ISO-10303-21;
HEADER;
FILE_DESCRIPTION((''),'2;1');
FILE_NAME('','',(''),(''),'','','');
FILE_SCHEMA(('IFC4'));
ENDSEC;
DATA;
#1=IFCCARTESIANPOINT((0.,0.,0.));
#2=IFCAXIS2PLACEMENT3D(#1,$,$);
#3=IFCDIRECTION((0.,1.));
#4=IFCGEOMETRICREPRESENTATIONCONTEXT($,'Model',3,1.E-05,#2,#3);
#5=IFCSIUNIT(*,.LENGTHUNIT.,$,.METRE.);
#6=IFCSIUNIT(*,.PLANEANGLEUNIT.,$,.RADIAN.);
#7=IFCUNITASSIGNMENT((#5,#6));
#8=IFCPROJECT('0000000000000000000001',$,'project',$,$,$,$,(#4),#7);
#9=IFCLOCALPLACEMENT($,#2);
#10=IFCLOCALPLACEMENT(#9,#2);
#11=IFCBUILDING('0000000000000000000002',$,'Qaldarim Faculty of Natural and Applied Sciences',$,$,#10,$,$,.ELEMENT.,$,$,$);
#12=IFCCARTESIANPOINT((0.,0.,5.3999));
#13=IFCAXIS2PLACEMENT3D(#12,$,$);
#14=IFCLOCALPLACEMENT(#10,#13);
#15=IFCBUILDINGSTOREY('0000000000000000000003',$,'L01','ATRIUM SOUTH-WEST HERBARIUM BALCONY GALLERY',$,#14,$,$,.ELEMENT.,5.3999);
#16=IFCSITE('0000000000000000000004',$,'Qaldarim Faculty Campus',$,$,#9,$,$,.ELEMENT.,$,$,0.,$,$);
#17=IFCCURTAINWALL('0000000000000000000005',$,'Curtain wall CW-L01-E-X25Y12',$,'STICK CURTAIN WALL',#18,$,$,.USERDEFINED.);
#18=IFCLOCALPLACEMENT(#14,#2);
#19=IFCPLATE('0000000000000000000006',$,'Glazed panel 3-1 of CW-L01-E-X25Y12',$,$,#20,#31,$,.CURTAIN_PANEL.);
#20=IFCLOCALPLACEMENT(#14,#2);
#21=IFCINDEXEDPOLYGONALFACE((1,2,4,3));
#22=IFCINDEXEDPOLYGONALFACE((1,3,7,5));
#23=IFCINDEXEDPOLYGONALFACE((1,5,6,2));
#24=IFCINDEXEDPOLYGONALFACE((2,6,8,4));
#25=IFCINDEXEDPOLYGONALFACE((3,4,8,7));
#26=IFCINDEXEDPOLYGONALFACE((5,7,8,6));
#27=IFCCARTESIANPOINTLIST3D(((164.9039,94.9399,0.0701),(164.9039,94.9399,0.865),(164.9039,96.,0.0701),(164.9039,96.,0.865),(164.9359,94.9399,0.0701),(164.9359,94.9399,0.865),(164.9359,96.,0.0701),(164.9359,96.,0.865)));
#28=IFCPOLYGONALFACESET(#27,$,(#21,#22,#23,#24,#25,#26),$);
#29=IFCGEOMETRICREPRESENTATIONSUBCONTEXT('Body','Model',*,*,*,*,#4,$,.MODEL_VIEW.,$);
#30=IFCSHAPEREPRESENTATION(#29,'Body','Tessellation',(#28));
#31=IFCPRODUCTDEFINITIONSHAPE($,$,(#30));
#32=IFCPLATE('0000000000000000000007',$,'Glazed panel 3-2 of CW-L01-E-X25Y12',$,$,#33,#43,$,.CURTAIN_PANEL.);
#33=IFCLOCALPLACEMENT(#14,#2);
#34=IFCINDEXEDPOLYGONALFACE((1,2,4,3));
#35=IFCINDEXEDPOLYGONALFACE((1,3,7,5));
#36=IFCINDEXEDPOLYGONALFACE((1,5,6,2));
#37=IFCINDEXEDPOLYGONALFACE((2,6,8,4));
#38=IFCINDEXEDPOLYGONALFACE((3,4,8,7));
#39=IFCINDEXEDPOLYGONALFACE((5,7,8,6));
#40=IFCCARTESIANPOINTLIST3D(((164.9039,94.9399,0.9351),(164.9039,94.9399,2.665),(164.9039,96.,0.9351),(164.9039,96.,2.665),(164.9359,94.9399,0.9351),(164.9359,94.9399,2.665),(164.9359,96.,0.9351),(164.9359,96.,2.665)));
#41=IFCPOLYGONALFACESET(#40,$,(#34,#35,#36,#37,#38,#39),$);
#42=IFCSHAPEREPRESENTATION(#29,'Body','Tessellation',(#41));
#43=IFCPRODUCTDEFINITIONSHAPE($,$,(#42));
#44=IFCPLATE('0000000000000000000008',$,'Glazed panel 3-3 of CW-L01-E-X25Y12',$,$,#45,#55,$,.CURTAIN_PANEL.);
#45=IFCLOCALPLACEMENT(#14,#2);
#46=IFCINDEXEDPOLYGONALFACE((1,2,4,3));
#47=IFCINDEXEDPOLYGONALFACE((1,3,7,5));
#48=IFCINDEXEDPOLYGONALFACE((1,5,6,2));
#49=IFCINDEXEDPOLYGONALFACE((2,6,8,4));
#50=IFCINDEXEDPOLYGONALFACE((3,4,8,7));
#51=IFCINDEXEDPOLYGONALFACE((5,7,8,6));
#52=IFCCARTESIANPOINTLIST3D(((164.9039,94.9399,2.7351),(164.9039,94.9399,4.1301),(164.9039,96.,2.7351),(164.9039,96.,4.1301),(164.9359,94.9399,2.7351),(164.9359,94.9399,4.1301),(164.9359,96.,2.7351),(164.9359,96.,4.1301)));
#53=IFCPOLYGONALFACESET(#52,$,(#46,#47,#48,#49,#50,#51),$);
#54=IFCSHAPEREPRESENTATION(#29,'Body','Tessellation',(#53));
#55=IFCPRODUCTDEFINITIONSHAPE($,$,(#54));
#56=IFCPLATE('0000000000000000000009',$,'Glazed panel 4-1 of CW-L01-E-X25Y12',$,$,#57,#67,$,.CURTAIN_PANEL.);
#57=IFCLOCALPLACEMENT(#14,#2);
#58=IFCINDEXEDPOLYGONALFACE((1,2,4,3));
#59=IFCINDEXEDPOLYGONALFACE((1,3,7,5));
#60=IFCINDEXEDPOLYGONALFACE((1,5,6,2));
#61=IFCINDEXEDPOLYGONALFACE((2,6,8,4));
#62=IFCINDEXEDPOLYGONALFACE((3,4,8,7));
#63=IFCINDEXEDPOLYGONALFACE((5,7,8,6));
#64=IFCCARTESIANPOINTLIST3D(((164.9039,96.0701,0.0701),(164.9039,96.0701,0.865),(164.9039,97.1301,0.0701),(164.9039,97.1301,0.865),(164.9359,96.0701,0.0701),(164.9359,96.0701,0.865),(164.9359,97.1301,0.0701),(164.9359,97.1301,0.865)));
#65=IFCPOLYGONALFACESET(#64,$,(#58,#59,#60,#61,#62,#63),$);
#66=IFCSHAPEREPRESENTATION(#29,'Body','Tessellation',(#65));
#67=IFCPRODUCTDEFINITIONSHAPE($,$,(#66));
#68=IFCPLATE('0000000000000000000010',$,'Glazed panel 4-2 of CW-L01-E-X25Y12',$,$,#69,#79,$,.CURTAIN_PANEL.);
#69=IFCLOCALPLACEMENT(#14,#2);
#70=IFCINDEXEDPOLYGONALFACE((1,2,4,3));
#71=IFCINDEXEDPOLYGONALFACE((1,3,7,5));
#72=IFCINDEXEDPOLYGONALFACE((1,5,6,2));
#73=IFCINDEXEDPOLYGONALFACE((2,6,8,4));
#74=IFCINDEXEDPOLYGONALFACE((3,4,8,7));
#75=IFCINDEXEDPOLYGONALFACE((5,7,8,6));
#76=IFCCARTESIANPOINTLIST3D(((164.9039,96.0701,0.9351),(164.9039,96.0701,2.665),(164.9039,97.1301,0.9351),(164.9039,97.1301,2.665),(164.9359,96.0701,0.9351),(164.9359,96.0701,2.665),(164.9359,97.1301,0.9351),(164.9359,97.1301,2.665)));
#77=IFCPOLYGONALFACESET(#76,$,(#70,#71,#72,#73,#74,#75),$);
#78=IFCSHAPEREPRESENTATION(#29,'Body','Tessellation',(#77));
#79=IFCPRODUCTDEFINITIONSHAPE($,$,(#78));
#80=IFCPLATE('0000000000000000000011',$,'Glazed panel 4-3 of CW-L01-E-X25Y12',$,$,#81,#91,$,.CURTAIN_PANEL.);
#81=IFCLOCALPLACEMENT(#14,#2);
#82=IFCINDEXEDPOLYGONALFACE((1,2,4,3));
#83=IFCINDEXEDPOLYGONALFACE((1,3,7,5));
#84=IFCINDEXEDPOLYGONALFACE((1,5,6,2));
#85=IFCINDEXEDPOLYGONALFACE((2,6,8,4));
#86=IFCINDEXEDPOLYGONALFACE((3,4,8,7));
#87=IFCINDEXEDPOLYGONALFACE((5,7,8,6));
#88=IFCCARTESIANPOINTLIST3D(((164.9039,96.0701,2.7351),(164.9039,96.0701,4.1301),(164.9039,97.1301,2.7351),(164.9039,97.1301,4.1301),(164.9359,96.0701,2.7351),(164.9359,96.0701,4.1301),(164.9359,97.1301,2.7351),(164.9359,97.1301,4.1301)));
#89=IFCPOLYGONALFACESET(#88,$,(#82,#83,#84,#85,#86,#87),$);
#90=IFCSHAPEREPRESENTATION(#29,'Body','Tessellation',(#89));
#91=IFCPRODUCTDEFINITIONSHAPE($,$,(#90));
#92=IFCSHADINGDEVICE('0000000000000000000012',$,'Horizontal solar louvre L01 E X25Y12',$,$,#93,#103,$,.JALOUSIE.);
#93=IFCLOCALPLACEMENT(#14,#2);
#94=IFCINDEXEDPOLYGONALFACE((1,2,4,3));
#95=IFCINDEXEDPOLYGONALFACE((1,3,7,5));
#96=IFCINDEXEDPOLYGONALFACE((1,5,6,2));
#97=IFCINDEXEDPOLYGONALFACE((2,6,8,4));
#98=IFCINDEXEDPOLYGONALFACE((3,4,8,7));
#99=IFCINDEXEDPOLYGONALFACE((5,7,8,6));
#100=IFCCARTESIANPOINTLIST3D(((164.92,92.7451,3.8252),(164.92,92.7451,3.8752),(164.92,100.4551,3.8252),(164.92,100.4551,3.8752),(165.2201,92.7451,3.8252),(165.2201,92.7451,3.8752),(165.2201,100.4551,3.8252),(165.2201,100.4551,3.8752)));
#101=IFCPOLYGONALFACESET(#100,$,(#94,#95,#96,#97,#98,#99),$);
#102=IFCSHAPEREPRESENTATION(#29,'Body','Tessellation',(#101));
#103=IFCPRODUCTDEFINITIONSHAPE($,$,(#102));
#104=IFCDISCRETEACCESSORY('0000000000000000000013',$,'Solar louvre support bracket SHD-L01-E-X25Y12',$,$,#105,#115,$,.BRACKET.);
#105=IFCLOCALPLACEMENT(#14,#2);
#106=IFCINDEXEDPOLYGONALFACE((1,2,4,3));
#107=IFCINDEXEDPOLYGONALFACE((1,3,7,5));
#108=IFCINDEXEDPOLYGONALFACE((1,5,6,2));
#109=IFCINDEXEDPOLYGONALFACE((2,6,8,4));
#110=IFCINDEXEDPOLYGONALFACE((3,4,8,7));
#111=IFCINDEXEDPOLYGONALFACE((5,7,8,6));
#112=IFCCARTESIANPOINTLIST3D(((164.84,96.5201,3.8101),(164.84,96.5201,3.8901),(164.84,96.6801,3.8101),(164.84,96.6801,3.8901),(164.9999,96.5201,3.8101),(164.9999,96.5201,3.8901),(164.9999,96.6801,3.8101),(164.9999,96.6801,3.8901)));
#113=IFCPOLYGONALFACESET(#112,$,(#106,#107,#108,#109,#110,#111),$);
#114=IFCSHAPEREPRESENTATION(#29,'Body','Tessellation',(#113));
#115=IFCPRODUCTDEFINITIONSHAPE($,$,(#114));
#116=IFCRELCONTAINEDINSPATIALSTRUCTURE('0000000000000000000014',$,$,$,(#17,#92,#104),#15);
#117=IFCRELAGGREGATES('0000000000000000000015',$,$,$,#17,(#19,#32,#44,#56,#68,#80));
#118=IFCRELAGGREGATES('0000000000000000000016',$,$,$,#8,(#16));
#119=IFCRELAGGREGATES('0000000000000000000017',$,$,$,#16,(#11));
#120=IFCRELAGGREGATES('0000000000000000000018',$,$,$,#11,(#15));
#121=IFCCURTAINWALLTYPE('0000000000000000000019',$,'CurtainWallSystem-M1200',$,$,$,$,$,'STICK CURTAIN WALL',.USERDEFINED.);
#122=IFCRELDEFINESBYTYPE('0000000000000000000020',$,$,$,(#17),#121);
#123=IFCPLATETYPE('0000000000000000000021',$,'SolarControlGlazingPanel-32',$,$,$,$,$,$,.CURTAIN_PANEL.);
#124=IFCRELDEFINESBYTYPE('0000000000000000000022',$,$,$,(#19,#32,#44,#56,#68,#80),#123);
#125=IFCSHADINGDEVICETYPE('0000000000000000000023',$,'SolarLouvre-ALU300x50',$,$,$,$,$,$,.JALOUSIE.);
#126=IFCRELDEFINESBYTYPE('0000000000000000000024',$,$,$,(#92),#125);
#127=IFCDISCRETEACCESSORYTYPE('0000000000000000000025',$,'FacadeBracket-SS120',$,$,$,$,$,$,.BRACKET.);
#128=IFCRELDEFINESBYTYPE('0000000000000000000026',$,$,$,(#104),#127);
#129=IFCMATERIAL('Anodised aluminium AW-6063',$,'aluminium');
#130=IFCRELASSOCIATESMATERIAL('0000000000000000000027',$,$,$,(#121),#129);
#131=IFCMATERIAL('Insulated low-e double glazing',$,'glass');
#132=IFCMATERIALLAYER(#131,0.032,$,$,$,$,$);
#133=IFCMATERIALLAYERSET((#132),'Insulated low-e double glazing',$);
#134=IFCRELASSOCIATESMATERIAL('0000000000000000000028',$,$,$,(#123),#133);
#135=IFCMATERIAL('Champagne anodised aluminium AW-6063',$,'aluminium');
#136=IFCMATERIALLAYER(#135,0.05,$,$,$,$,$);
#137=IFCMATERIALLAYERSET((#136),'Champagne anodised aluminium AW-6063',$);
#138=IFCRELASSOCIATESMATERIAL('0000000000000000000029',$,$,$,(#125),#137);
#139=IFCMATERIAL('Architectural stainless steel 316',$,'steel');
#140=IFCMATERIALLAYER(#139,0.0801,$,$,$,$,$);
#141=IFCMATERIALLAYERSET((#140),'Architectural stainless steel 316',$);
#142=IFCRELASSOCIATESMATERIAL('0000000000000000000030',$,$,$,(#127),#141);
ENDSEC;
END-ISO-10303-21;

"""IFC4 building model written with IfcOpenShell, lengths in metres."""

from ifc_helpers import new_model, si_unit, direction, frame, origin, origin_2d, place, context, subcontext, project, spatial, rectangle, extrude, material, layer, layer_set, type_object, element, aggregate, save


model = new_model("IFC4")

# Units and contexts
model_context = context("Model", 3, precision=1e-05, world=origin(), true_north=direction((0.0, 1.0)))
body_context = subcontext(model_context, "Body", "Model", "MODEL_VIEW")
ifc_project = project(units=[si_unit("LENGTHUNIT", "METRE"), si_unit("PLANEANGLEUNIT", "RADIAN")], contexts=[model_context])

# Site, building, storey
site_placement = place(None, origin())
site = spatial("IfcSite", under=ifc_project, at=site_placement, Name="Qaldarim Faculty Campus", CompositionType="ELEMENT", RefElevation=0.0)
building_placement = place(site_placement, origin())
building = spatial("IfcBuilding", under=site, at=building_placement, Name="Qaldarim Faculty of Natural and Applied Sciences", CompositionType="ELEMENT")
storey_placement = place(building_placement, frame((0.0, 0.0, 5.3999)))
storey = spatial("IfcBuildingStorey", under=building, at=storey_placement, Name="L01", Description="ATRIUM SOUTH-WEST HERBARIUM BALCONY GALLERY", CompositionType="ELEMENT", Elevation=5.3999)

# Curtain wall, plates
ifc_material_1 = material(Name="Anodised aluminium AW-6063", Category="aluminium")
curtain_wall_type = type_object("IfcCurtainWallType", Name="CurtainWallSystem-M1200", ElementType="STICK CURTAIN WALL", PredefinedType="USERDEFINED", material=ifc_material_1)
curtain_wall_placement = place(storey_placement, origin())
curtain_wall = element("IfcCurtainWall", 1, at=curtain_wall_placement, inside=storey, type_object=curtain_wall_type, Name="Curtain wall CW-L01-E-X25Y12", ObjectType="STICK CURTAIN WALL", PredefinedType="USERDEFINED")
ifc_material_2 = material(Name="Insulated low-e double glazing", Category="glass")
ifc_layer_1 = layer(ifc_material_2, 0.032)
ifc_layer_set_1 = layer_set([ifc_layer_1], Name="Insulated low-e double glazing")
plate_type = type_object("IfcPlateType", Name="SolarControlGlazingPanel-32", PredefinedType="CURTAIN_PANEL", material=ifc_layer_set_1)
plate_1_placement = place(storey_placement, frame((164.9199, 95.47, 0.0701), z_axis=(0.0, 0.0, 1.0), x_axis=(0.0, 1.0, 0.0)))
plate_1 = element("IfcPlate", 2, at=plate_1_placement, type_object=plate_type, Name="Glazed panel 3-1 of CW-L01-E-X25Y12", PredefinedType="CURTAIN_PANEL", context=body_context, shape_type="SweptSolid", body=[
    extrude(rectangle(XDim=1.0601, YDim=0.032, at=origin_2d()), origin(), (0.0, 0.0, 1.0), 0.7949),
])
plate_2_placement = place(storey_placement, frame((164.9199, 95.47, 0.9351), z_axis=(0.0, 0.0, 1.0), x_axis=(0.0, 1.0, 0.0)))
plate_2 = element("IfcPlate", 3, at=plate_2_placement, type_object=plate_type, Name="Glazed panel 3-2 of CW-L01-E-X25Y12", PredefinedType="CURTAIN_PANEL", context=body_context, shape_type="SweptSolid", body=[
    extrude(rectangle(XDim=1.0601, YDim=0.032, at=origin_2d()), origin(), (0.0, 0.0, 1.0), 1.73),
])
plate_3_placement = place(storey_placement, frame((164.9199, 95.47, 2.7351), z_axis=(0.0, 0.0, 1.0), x_axis=(0.0, 1.0, 0.0)))
plate_3 = element("IfcPlate", 4, at=plate_3_placement, type_object=plate_type, Name="Glazed panel 3-3 of CW-L01-E-X25Y12", PredefinedType="CURTAIN_PANEL", context=body_context, shape_type="SweptSolid", body=[
    extrude(rectangle(XDim=1.0601, YDim=0.032, at=origin_2d()), origin(), (0.0, 0.0, 1.0), 1.395),
])
plate_4_placement = place(storey_placement, frame((164.9199, 96.6001, 0.0701), z_axis=(0.0, 0.0, 1.0), x_axis=(0.0, 1.0, 0.0)))
plate_4 = element("IfcPlate", 5, at=plate_4_placement, type_object=plate_type, Name="Glazed panel 4-1 of CW-L01-E-X25Y12", PredefinedType="CURTAIN_PANEL", context=body_context, shape_type="SweptSolid", body=[
    extrude(rectangle(XDim=1.0601, YDim=0.032, at=origin_2d()), origin(), (0.0, 0.0, 1.0), 0.7949),
])
plate_5_placement = place(storey_placement, frame((164.9199, 96.6001, 0.9351), z_axis=(0.0, 0.0, 1.0), x_axis=(0.0, 1.0, 0.0)))
plate_5 = element("IfcPlate", 6, at=plate_5_placement, type_object=plate_type, Name="Glazed panel 4-2 of CW-L01-E-X25Y12", PredefinedType="CURTAIN_PANEL", context=body_context, shape_type="SweptSolid", body=[
    extrude(rectangle(XDim=1.0601, YDim=0.032, at=origin_2d()), origin(), (0.0, 0.0, 1.0), 1.73),
])
plate_6_placement = place(storey_placement, frame((164.9199, 96.6001, 2.7351), z_axis=(0.0, 0.0, 1.0), x_axis=(0.0, 1.0, 0.0)))
plate_6 = element("IfcPlate", 7, at=plate_6_placement, type_object=plate_type, Name="Glazed panel 4-3 of CW-L01-E-X25Y12", PredefinedType="CURTAIN_PANEL", context=body_context, shape_type="SweptSolid", body=[
    extrude(rectangle(XDim=1.0601, YDim=0.032, at=origin_2d()), origin(), (0.0, 0.0, 1.0), 1.395),
])
aggregate(curtain_wall, [plate_1, plate_2, plate_3, plate_4, plate_5, plate_6])

# Shading device
ifc_material_3 = material(Name="Champagne anodised aluminium AW-6063", Category="aluminium")
ifc_layer_2 = layer(ifc_material_3, 0.05)
ifc_layer_set_2 = layer_set([ifc_layer_2], Name="Champagne anodised aluminium AW-6063")
shading_device_type = type_object("IfcShadingDeviceType", Name="SolarLouvre-ALU300x50", PredefinedType="JALOUSIE", material=ifc_layer_set_2)
shading_device_placement = place(storey_placement, frame((165.0701, 96.6001, 3.8252), z_axis=(0.0, 0.0, 1.0), x_axis=(0.0, 1.0, 0.0)))
element("IfcShadingDevice", 8, at=shading_device_placement, inside=storey, type_object=shading_device_type, Name="Horizontal solar louvre L01 E X25Y12", PredefinedType="JALOUSIE", context=body_context, shape_type="SweptSolid", body=[
    extrude(rectangle(XDim=7.71, YDim=0.3, at=origin_2d()), origin(), (0.0, 0.0, 1.0), 0.05),
])

# Discrete accessory
ifc_material_4 = material(Name="Architectural stainless steel 316", Category="steel")
ifc_layer_3 = layer(ifc_material_4, 0.0801)
ifc_layer_set_3 = layer_set([ifc_layer_3], Name="Architectural stainless steel 316")
discrete_accessory_type = type_object("IfcDiscreteAccessoryType", Name="FacadeBracket-SS120", PredefinedType="BRACKET", material=ifc_layer_set_3)
discrete_accessory_placement = place(storey_placement, frame((164.9199, 96.6001, 3.8101), z_axis=(0.0, 0.0, 1.0), x_axis=(0.0, 1.0, 0.0)))
element("IfcDiscreteAccessory", 9, at=discrete_accessory_placement, inside=storey, type_object=discrete_accessory_type, Name="Solar louvre support bracket SHD-L01-E-X25Y12", PredefinedType="BRACKET", context=body_context, shape_type="SweptSolid", body=[
    extrude(rectangle(XDim=0.1599, YDim=0.1599, at=origin_2d()), origin(), (0.0, 0.0, 1.0), 0.0801),
])

save(model, "model.ifc")
